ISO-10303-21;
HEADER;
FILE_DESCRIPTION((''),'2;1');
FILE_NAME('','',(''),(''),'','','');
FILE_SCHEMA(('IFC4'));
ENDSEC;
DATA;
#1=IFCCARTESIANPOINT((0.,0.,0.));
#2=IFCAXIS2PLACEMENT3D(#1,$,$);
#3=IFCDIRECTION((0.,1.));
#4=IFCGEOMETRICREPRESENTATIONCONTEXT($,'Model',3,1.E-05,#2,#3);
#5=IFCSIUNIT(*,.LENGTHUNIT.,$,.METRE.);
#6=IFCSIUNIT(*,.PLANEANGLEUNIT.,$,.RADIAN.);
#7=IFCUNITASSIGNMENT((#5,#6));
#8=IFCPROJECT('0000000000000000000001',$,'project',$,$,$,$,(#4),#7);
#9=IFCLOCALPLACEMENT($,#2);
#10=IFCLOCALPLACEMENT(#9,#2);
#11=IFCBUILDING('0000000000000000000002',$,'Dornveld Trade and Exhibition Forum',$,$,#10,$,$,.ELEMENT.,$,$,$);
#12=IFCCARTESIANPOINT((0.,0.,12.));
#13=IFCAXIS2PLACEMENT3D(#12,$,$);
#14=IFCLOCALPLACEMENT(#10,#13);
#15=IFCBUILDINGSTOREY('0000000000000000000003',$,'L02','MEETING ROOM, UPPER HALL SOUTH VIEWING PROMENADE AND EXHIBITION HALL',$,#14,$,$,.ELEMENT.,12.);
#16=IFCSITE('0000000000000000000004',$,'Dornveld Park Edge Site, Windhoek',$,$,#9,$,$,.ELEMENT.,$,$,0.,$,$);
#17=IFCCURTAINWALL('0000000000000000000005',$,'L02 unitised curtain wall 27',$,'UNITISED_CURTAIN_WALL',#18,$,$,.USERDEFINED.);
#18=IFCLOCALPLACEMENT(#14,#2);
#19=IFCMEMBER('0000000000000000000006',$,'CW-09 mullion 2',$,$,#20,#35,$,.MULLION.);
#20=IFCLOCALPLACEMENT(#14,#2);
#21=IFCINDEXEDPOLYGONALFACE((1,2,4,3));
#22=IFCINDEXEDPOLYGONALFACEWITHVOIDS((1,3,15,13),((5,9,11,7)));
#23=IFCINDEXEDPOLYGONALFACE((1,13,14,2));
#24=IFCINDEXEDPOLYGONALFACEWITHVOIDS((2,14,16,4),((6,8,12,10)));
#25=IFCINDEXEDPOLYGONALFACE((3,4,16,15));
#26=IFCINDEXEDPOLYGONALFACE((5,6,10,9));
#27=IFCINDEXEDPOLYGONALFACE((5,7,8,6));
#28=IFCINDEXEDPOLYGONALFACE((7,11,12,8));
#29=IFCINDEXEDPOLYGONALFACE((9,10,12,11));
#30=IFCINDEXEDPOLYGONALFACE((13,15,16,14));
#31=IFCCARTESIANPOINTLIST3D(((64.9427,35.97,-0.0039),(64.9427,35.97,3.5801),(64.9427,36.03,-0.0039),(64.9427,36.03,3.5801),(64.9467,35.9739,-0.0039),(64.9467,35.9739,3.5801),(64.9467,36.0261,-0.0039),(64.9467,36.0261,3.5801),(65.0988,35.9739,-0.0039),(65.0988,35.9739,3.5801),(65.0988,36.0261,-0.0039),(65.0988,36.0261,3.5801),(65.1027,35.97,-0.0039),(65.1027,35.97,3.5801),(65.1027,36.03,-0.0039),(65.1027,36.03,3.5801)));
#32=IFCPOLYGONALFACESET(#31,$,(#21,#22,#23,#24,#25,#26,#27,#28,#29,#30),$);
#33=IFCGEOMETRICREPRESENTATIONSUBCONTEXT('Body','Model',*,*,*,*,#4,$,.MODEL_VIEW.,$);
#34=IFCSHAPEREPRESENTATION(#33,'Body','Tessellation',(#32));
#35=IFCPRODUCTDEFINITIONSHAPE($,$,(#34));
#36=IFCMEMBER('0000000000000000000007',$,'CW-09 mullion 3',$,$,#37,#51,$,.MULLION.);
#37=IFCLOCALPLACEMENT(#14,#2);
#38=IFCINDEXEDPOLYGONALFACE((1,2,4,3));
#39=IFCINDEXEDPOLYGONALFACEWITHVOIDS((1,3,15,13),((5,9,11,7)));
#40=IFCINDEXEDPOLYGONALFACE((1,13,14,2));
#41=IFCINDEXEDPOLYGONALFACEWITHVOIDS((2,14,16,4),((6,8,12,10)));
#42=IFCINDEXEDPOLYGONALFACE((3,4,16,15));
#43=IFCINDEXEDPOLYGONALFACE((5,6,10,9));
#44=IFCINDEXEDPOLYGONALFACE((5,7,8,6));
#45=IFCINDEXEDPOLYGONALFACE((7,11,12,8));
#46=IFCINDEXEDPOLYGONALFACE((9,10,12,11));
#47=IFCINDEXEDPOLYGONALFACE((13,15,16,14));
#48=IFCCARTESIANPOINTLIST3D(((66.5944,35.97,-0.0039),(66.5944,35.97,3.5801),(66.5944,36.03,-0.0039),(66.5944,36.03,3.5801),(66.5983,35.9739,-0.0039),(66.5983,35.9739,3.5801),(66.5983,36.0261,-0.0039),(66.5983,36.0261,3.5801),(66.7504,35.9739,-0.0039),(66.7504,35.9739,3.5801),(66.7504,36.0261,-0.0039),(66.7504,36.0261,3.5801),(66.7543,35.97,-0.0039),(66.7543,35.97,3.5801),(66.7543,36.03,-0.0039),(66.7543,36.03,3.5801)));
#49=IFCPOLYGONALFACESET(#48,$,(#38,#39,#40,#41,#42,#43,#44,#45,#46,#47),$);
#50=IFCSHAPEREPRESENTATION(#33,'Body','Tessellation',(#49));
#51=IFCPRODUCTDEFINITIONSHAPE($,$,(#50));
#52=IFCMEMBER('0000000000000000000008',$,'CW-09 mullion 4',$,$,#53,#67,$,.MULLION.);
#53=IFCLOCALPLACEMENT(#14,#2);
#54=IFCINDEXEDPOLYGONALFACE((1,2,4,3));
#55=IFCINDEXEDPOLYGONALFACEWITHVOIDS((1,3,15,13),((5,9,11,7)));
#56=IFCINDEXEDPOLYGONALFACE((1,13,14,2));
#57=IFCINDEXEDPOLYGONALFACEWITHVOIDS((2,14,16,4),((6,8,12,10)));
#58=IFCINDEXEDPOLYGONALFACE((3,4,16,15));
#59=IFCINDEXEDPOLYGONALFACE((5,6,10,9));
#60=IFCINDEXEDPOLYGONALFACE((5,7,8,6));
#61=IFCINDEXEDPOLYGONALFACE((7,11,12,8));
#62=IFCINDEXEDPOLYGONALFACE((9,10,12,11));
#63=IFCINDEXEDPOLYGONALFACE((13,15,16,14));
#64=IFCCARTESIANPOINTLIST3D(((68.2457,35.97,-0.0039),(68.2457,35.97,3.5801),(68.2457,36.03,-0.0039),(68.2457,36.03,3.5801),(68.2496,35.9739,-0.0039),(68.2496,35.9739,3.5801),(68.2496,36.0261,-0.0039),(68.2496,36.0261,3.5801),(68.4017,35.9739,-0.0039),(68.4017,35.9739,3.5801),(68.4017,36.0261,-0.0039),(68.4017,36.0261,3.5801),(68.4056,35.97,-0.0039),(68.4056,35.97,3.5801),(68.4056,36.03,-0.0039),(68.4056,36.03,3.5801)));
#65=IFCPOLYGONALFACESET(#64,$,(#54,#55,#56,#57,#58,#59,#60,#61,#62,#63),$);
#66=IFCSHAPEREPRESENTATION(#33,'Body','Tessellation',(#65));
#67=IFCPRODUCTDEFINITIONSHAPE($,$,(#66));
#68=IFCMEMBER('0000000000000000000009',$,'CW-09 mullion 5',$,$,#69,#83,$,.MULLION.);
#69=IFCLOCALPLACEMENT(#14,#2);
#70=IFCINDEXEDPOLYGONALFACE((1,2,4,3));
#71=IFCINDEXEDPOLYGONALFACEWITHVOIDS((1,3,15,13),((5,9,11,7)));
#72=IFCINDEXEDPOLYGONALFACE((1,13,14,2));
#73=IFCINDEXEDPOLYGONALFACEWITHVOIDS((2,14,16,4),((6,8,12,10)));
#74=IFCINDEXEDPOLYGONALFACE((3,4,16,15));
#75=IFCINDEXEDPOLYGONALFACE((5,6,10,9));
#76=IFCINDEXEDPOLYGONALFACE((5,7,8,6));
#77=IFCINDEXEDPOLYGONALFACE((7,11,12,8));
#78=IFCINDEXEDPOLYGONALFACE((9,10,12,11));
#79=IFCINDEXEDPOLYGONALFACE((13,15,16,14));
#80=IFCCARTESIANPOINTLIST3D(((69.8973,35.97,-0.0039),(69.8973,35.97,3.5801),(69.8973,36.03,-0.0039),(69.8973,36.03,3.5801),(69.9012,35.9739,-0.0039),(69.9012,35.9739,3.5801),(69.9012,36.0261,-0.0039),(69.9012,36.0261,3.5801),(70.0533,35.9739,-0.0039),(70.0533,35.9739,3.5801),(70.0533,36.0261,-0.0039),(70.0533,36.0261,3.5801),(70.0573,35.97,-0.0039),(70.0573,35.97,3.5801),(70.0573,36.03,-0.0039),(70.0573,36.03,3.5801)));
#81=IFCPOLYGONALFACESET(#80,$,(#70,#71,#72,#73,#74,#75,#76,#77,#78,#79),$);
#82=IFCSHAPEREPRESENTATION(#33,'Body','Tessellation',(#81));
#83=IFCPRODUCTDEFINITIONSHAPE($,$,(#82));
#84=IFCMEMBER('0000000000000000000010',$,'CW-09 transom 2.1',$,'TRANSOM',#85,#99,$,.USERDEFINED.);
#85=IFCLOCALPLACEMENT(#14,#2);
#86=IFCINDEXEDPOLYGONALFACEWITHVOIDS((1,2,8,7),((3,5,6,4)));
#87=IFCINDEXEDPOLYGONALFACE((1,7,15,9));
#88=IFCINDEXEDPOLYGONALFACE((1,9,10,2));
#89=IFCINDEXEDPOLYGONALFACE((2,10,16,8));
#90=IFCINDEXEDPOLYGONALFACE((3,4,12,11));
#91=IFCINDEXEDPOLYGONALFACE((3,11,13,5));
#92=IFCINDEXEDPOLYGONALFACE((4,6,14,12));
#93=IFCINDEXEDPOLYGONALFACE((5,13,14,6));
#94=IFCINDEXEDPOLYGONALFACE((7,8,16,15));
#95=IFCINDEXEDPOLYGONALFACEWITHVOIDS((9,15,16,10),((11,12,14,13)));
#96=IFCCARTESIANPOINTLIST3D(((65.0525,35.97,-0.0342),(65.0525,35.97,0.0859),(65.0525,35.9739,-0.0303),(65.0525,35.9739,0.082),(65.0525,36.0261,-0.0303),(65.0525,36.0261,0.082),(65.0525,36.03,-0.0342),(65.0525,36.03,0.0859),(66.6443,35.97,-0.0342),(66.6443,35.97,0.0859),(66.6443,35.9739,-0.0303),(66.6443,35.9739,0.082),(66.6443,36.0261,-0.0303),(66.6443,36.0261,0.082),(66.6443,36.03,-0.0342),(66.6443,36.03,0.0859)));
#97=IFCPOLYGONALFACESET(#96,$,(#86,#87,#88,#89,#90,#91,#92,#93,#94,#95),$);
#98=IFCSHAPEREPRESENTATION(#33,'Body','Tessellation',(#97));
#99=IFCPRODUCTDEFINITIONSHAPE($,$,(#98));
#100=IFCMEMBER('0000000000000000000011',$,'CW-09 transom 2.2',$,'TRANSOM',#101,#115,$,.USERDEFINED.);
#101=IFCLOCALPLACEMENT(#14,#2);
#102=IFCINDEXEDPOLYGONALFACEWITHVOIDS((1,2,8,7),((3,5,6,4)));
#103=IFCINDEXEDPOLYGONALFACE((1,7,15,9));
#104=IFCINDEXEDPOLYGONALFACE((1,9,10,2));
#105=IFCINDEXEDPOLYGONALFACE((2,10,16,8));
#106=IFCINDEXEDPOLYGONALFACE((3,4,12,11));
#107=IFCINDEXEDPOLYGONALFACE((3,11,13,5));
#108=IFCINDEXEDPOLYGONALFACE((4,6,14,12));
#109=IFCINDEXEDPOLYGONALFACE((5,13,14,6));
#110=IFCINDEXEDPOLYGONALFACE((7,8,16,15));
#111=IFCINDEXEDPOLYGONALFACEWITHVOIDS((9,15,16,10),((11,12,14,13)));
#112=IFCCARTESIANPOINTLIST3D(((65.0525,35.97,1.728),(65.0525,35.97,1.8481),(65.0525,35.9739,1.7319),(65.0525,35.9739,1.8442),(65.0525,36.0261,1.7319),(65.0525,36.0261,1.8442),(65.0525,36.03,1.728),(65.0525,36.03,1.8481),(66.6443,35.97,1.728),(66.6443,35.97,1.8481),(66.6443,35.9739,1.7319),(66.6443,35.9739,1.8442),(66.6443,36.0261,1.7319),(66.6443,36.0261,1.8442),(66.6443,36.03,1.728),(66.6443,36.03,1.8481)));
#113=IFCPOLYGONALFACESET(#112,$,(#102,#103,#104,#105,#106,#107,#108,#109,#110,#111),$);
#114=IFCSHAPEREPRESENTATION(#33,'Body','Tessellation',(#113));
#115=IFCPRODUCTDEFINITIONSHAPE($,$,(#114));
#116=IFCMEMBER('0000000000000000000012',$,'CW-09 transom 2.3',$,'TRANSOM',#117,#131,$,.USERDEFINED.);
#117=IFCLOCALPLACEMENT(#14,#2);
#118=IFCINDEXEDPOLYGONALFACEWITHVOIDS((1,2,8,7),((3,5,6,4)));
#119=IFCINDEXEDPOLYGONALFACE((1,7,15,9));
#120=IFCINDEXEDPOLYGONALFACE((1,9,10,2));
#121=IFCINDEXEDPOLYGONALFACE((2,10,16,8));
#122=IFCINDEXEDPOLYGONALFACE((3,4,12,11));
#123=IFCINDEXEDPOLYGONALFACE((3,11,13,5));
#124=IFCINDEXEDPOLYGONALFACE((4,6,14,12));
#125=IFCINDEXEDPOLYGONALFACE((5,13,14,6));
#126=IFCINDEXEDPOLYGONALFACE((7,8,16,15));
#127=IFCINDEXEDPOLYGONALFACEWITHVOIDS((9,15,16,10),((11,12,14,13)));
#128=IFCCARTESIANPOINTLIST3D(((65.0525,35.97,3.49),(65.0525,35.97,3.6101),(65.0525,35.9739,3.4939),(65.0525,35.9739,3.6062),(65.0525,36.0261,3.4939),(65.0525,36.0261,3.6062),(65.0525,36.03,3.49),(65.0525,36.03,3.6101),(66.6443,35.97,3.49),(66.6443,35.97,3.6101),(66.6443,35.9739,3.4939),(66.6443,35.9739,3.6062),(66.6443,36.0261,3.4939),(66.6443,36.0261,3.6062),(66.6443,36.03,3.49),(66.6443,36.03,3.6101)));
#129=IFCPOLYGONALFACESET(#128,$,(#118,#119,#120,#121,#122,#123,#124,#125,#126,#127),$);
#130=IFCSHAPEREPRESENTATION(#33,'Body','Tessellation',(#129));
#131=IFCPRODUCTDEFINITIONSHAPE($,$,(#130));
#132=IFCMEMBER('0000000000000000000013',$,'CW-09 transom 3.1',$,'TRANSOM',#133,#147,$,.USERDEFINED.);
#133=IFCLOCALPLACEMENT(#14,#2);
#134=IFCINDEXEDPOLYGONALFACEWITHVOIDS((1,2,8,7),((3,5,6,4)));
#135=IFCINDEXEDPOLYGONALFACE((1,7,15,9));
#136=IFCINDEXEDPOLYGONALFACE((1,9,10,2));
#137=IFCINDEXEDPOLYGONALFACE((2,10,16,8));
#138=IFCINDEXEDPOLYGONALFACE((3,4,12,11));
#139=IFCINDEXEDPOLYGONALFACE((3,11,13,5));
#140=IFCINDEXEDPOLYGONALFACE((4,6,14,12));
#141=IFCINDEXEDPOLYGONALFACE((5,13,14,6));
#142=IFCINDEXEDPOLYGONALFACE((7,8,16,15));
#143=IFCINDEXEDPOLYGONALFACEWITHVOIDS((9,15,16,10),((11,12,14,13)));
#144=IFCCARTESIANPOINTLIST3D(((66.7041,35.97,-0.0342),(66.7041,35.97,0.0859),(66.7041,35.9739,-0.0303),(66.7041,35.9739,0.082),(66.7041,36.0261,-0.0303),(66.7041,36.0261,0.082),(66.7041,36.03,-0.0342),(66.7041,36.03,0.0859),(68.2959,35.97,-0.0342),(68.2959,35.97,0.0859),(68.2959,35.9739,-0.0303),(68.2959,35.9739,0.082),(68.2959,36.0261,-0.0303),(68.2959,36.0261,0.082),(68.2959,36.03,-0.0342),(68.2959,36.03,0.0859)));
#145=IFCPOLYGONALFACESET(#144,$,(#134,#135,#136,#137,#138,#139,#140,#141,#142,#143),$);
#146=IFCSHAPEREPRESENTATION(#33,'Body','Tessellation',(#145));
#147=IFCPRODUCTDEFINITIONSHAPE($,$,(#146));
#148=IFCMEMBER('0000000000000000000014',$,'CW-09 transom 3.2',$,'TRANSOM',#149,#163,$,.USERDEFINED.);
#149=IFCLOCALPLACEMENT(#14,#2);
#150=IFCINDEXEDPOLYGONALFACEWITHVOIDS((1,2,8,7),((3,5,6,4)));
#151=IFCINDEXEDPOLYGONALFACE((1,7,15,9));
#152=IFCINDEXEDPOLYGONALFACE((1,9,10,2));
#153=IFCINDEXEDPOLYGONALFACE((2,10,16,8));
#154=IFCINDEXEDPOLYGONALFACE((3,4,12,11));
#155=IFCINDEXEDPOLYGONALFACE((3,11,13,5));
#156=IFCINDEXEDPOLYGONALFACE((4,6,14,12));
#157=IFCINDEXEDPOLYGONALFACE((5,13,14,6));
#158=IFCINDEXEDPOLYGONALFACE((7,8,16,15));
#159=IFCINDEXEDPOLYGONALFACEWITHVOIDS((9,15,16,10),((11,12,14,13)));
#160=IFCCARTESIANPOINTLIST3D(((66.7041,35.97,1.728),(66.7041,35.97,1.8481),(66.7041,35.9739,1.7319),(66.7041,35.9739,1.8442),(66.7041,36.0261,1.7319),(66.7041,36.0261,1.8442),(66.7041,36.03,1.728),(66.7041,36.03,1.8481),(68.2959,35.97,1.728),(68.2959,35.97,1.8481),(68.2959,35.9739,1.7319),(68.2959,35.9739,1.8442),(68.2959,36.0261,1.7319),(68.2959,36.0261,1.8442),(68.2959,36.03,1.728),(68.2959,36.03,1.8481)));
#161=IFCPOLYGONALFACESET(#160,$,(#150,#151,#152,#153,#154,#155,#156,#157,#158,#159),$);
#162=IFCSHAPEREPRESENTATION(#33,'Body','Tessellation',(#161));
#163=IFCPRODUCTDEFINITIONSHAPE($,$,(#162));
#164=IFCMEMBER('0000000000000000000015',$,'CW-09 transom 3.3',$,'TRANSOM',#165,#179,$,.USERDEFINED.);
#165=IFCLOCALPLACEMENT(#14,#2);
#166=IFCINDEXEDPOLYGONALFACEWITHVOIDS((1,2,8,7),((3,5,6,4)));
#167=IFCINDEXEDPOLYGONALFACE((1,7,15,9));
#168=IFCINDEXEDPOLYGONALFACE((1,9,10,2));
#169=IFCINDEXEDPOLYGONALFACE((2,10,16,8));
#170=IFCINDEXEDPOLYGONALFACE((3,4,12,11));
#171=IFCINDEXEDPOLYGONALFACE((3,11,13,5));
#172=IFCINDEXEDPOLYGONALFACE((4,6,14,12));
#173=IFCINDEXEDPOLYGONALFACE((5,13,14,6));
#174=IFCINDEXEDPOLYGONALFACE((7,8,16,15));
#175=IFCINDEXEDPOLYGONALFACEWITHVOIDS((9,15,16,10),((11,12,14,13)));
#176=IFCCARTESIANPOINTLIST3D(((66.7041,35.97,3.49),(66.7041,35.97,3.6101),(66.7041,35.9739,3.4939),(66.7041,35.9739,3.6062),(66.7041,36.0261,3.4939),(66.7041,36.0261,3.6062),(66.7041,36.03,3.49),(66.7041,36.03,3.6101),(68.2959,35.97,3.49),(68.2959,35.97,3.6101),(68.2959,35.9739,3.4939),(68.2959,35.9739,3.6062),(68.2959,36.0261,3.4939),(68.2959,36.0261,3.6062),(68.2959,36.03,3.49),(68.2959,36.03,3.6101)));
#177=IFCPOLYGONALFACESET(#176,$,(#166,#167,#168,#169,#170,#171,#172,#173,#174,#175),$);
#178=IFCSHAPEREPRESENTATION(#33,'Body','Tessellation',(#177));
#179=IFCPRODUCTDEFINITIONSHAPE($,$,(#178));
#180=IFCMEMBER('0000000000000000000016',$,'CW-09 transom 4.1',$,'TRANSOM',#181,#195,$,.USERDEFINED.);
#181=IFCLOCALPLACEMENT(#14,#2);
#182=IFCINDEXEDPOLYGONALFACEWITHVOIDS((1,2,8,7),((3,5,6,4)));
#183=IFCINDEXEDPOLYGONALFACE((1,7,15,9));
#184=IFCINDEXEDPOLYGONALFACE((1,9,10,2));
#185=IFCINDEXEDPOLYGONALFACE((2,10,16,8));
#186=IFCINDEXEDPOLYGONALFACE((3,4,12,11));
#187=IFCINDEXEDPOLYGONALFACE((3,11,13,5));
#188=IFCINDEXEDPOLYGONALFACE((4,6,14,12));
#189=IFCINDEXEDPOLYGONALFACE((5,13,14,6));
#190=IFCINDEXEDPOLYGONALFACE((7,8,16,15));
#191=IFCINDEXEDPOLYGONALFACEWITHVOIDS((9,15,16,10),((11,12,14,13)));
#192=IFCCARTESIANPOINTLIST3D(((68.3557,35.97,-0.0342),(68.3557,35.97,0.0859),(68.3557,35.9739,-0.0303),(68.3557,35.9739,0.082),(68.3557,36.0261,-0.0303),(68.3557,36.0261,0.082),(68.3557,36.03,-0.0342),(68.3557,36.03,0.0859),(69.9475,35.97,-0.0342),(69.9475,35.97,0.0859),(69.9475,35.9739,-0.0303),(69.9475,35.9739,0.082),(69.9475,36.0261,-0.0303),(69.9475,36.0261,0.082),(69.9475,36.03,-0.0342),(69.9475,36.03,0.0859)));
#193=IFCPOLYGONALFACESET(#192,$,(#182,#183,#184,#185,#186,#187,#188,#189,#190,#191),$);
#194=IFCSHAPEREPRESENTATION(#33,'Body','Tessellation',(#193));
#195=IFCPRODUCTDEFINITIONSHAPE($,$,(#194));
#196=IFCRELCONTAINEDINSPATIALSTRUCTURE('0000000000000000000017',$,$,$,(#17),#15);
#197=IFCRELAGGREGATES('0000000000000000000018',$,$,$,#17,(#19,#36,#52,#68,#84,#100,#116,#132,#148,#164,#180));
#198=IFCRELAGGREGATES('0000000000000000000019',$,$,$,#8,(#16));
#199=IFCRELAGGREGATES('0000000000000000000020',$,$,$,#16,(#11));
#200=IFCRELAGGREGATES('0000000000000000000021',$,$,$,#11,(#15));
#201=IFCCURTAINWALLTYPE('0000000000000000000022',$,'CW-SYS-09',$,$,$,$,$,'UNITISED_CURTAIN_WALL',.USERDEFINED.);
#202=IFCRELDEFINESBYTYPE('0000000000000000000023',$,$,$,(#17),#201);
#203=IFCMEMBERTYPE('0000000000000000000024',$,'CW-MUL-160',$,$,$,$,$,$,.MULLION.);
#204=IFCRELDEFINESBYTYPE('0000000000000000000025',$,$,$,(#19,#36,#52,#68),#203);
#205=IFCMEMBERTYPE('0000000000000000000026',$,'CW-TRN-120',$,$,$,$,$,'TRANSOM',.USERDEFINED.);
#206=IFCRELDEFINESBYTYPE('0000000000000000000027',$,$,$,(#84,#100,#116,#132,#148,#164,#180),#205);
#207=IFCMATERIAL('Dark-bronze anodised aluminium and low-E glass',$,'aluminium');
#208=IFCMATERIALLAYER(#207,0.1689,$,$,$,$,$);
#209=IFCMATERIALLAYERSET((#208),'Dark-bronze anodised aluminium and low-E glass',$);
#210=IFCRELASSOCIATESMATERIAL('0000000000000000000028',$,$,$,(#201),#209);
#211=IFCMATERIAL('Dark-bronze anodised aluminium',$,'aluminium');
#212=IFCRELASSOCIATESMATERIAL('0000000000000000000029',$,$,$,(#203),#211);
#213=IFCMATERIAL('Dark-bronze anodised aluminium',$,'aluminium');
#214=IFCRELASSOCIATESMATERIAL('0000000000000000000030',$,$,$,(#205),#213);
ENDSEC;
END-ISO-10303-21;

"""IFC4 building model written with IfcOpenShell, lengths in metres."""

from ifc_helpers import new_model, si_unit, direction, frame, origin, origin_2d, place, context, subcontext, project, spatial, hollow_rectangle, extrude, material, layer, layer_set, material_profile, profile_set, type_object, element, aggregate, save


model = new_model("IFC4")

# Units and contexts
model_context = context("Model", 3, precision=1e-05, world=origin(), true_north=direction((0.0, 1.0)))
body_context = subcontext(model_context, "Body", "Model", "MODEL_VIEW")
ifc_project = project(units=[si_unit("LENGTHUNIT", "METRE"), si_unit("PLANEANGLEUNIT", "RADIAN")], contexts=[model_context])

# Site, building, storey
site_placement = place(None, origin())
site = spatial("IfcSite", under=ifc_project, at=site_placement, Name="Dornveld Park Edge Site, Windhoek", CompositionType="ELEMENT", RefElevation=0.0)
building_placement = place(site_placement, origin())
building = spatial("IfcBuilding", under=site, at=building_placement, Name="Dornveld Trade and Exhibition Forum", CompositionType="ELEMENT")
storey_placement = place(building_placement, frame((0.0, 0.0, 12.0)))
storey = spatial("IfcBuildingStorey", under=building, at=storey_placement, Name="L02", Description="MEETING ROOM, UPPER HALL SOUTH VIEWING PROMENADE AND EXHIBITION HALL", CompositionType="ELEMENT", Elevation=12.0)

# Curtain wall, members
ifc_material_1 = material(Name="Dark-bronze anodised aluminium and low-E glass", Category="aluminium")
ifc_layer_1 = layer(ifc_material_1, 0.1689)
ifc_layer_set_1 = layer_set([ifc_layer_1], Name="Dark-bronze anodised aluminium and low-E glass")
curtain_wall_type = type_object("IfcCurtainWallType", Name="CW-SYS-09", ElementType="UNITISED_CURTAIN_WALL", PredefinedType="USERDEFINED", material=ifc_layer_set_1)
curtain_wall_placement = place(storey_placement, origin())
curtain_wall = element("IfcCurtainWall", 1, at=curtain_wall_placement, inside=storey, type_object=curtain_wall_type, Name="L02 unitised curtain wall 27", ObjectType="UNITISED_CURTAIN_WALL", PredefinedType="USERDEFINED")
ifc_material_2 = material(Name="Dark-bronze anodised aluminium", Category="aluminium")
ifc_material_profile_1 = material_profile(ifc_material_2, hollow_rectangle(XDim=0.0601, YDim=0.1599, WallThickness=0.0039, at=origin_2d()), Name="RHS 160x60x4")
ifc_profile_set_1 = profile_set([ifc_material_profile_1], Name="Dark-bronze anodised aluminium")
member_type_1 = type_object("IfcMemberType", Name="CW-MUL-160", PredefinedType="MULLION", material=ifc_profile_set_1)
member_1_placement = place(storey_placement, frame((65.0227, 36.0, -0.0039), z_axis=(0.0, 0.0, 1.0), x_axis=(0.0, 1.0, 0.0)))
member_1 = element("IfcMember", 2, at=member_1_placement, type_object=member_type_1, Name="CW-09 mullion 2", PredefinedType="MULLION", context=body_context, shape_type="SweptSolid", body=[
    extrude(hollow_rectangle(XDim=0.0601, YDim=0.1599, WallThickness=0.0039, at=origin_2d()), origin(), (0.0, 0.0, 1.0), 3.584),
])
member_2_placement = place(storey_placement, frame((66.6743, 36.0, -0.0039), z_axis=(0.0, 0.0, 1.0), x_axis=(0.0, 1.0, 0.0)))
member_2 = element("IfcMember", 3, at=member_2_placement, type_object=member_type_1, Name="CW-09 mullion 3", PredefinedType="MULLION", context=body_context, shape_type="SweptSolid", body=[
    extrude(hollow_rectangle(XDim=0.0601, YDim=0.1599, WallThickness=0.0039, at=origin_2d()), origin(), (0.0, 0.0, 1.0), 3.584),
])
member_3_placement = place(storey_placement, frame((68.3257, 36.0, -0.0039), z_axis=(0.0, 0.0, 1.0), x_axis=(0.0, 1.0, 0.0)))
member_3 = element("IfcMember", 4, at=member_3_placement, type_object=member_type_1, Name="CW-09 mullion 4", PredefinedType="MULLION", context=body_context, shape_type="SweptSolid", body=[
    extrude(hollow_rectangle(XDim=0.0601, YDim=0.1599, WallThickness=0.0039, at=origin_2d()), origin(), (0.0, 0.0, 1.0), 3.584),
])
member_4_placement = place(storey_placement, frame((69.9773, 36.0, -0.0039), z_axis=(0.0, 0.0, 1.0), x_axis=(0.0, 1.0, 0.0)))
member_4 = element("IfcMember", 5, at=member_4_placement, type_object=member_type_1, Name="CW-09 mullion 5", PredefinedType="MULLION", context=body_context, shape_type="SweptSolid", body=[
    extrude(hollow_rectangle(XDim=0.0601, YDim=0.1599, WallThickness=0.0039, at=origin_2d()), origin(), (0.0, 0.0, 1.0), 3.584),
])
ifc_material_3 = material(Name="Dark-bronze anodised aluminium", Category="aluminium")
ifc_material_profile_2 = material_profile(ifc_material_3, hollow_rectangle(XDim=0.0601, YDim=0.1201, WallThickness=0.0039, at=origin_2d()), Name="RHS 120x60x4")
ifc_profile_set_2 = profile_set([ifc_material_profile_2], Name="Dark-bronze anodised aluminium")
member_type_2 = type_object("IfcMemberType", Name="CW-TRN-120", ElementType="TRANSOM", PredefinedType="USERDEFINED", material=ifc_profile_set_2)
member_5_placement = place(storey_placement, frame((65.0525, 36.0, 0.0259), z_axis=(1.0, 0.0, 0.0), x_axis=(0.0, 1.0, 0.0)))
member_5 = element("IfcMember", 6, at=member_5_placement, type_object=member_type_2, Name="CW-09 transom 2.1", ObjectType="TRANSOM", PredefinedType="USERDEFINED", context=body_context, shape_type="SweptSolid", body=[
    extrude(hollow_rectangle(XDim=0.0601, YDim=0.1201, WallThickness=0.0039, at=origin_2d()), origin(), (0.0, 0.0, 1.0), 1.5918),
])
member_6_placement = place(storey_placement, frame((65.0525, 36.0, 1.7881), z_axis=(1.0, 0.0, 0.0), x_axis=(0.0, 1.0, 0.0)))
member_6 = element("IfcMember", 7, at=member_6_placement, type_object=member_type_2, Name="CW-09 transom 2.2", ObjectType="TRANSOM", PredefinedType="USERDEFINED", context=body_context, shape_type="SweptSolid", body=[
    extrude(hollow_rectangle(XDim=0.0601, YDim=0.1201, WallThickness=0.0039, at=origin_2d()), origin(), (0.0, 0.0, 1.0), 1.5918),
])
member_7_placement = place(storey_placement, frame((65.0525, 36.0, 3.55), z_axis=(1.0, 0.0, 0.0), x_axis=(0.0, 1.0, 0.0)))
member_7 = element("IfcMember", 8, at=member_7_placement, type_object=member_type_2, Name="CW-09 transom 2.3", ObjectType="TRANSOM", PredefinedType="USERDEFINED", context=body_context, shape_type="SweptSolid", body=[
    extrude(hollow_rectangle(XDim=0.0601, YDim=0.1201, WallThickness=0.0039, at=origin_2d()), origin(), (0.0, 0.0, 1.0), 1.5918),
])
member_8_placement = place(storey_placement, frame((66.7041, 36.0, 0.0259), z_axis=(1.0, 0.0, 0.0), x_axis=(0.0, 1.0, 0.0)))
member_8 = element("IfcMember", 9, at=member_8_placement, type_object=member_type_2, Name="CW-09 transom 3.1", ObjectType="TRANSOM", PredefinedType="USERDEFINED", context=body_context, shape_type="SweptSolid", body=[
    extrude(hollow_rectangle(XDim=0.0601, YDim=0.1201, WallThickness=0.0039, at=origin_2d()), origin(), (0.0, 0.0, 1.0), 1.5918),
])
member_9_placement = place(storey_placement, frame((66.7041, 36.0, 1.7881), z_axis=(1.0, 0.0, 0.0), x_axis=(0.0, 1.0, 0.0)))
member_9 = element("IfcMember", 10, at=member_9_placement, type_object=member_type_2, Name="CW-09 transom 3.2", ObjectType="TRANSOM", PredefinedType="USERDEFINED", context=body_context, shape_type="SweptSolid", body=[
    extrude(hollow_rectangle(XDim=0.0601, YDim=0.1201, WallThickness=0.0039, at=origin_2d()), origin(), (0.0, 0.0, 1.0), 1.5918),
])
member_10_placement = place(storey_placement, frame((66.7041, 36.0, 3.55), z_axis=(1.0, 0.0, 0.0), x_axis=(0.0, 1.0, 0.0)))
member_10 = element("IfcMember", 11, at=member_10_placement, type_object=member_type_2, Name="CW-09 transom 3.3", ObjectType="TRANSOM", PredefinedType="USERDEFINED", context=body_context, shape_type="SweptSolid", body=[
    extrude(hollow_rectangle(XDim=0.0601, YDim=0.1201, WallThickness=0.0039, at=origin_2d()), origin(), (0.0, 0.0, 1.0), 1.5918),
])
member_11_placement = place(storey_placement, frame((68.3557, 36.0, 0.0259), z_axis=(1.0, 0.0, 0.0), x_axis=(0.0, 1.0, 0.0)))
member_11 = element("IfcMember", 12, at=member_11_placement, type_object=member_type_2, Name="CW-09 transom 4.1", ObjectType="TRANSOM", PredefinedType="USERDEFINED", context=body_context, shape_type="SweptSolid", body=[
    extrude(hollow_rectangle(XDim=0.0601, YDim=0.1201, WallThickness=0.0039, at=origin_2d()), origin(), (0.0, 0.0, 1.0), 1.5918),
])
aggregate(curtain_wall, [member_1, member_2, member_3, member_4, member_5, member_6, member_7, member_8, member_9, member_10, member_11])

save(model, "model.ifc")
